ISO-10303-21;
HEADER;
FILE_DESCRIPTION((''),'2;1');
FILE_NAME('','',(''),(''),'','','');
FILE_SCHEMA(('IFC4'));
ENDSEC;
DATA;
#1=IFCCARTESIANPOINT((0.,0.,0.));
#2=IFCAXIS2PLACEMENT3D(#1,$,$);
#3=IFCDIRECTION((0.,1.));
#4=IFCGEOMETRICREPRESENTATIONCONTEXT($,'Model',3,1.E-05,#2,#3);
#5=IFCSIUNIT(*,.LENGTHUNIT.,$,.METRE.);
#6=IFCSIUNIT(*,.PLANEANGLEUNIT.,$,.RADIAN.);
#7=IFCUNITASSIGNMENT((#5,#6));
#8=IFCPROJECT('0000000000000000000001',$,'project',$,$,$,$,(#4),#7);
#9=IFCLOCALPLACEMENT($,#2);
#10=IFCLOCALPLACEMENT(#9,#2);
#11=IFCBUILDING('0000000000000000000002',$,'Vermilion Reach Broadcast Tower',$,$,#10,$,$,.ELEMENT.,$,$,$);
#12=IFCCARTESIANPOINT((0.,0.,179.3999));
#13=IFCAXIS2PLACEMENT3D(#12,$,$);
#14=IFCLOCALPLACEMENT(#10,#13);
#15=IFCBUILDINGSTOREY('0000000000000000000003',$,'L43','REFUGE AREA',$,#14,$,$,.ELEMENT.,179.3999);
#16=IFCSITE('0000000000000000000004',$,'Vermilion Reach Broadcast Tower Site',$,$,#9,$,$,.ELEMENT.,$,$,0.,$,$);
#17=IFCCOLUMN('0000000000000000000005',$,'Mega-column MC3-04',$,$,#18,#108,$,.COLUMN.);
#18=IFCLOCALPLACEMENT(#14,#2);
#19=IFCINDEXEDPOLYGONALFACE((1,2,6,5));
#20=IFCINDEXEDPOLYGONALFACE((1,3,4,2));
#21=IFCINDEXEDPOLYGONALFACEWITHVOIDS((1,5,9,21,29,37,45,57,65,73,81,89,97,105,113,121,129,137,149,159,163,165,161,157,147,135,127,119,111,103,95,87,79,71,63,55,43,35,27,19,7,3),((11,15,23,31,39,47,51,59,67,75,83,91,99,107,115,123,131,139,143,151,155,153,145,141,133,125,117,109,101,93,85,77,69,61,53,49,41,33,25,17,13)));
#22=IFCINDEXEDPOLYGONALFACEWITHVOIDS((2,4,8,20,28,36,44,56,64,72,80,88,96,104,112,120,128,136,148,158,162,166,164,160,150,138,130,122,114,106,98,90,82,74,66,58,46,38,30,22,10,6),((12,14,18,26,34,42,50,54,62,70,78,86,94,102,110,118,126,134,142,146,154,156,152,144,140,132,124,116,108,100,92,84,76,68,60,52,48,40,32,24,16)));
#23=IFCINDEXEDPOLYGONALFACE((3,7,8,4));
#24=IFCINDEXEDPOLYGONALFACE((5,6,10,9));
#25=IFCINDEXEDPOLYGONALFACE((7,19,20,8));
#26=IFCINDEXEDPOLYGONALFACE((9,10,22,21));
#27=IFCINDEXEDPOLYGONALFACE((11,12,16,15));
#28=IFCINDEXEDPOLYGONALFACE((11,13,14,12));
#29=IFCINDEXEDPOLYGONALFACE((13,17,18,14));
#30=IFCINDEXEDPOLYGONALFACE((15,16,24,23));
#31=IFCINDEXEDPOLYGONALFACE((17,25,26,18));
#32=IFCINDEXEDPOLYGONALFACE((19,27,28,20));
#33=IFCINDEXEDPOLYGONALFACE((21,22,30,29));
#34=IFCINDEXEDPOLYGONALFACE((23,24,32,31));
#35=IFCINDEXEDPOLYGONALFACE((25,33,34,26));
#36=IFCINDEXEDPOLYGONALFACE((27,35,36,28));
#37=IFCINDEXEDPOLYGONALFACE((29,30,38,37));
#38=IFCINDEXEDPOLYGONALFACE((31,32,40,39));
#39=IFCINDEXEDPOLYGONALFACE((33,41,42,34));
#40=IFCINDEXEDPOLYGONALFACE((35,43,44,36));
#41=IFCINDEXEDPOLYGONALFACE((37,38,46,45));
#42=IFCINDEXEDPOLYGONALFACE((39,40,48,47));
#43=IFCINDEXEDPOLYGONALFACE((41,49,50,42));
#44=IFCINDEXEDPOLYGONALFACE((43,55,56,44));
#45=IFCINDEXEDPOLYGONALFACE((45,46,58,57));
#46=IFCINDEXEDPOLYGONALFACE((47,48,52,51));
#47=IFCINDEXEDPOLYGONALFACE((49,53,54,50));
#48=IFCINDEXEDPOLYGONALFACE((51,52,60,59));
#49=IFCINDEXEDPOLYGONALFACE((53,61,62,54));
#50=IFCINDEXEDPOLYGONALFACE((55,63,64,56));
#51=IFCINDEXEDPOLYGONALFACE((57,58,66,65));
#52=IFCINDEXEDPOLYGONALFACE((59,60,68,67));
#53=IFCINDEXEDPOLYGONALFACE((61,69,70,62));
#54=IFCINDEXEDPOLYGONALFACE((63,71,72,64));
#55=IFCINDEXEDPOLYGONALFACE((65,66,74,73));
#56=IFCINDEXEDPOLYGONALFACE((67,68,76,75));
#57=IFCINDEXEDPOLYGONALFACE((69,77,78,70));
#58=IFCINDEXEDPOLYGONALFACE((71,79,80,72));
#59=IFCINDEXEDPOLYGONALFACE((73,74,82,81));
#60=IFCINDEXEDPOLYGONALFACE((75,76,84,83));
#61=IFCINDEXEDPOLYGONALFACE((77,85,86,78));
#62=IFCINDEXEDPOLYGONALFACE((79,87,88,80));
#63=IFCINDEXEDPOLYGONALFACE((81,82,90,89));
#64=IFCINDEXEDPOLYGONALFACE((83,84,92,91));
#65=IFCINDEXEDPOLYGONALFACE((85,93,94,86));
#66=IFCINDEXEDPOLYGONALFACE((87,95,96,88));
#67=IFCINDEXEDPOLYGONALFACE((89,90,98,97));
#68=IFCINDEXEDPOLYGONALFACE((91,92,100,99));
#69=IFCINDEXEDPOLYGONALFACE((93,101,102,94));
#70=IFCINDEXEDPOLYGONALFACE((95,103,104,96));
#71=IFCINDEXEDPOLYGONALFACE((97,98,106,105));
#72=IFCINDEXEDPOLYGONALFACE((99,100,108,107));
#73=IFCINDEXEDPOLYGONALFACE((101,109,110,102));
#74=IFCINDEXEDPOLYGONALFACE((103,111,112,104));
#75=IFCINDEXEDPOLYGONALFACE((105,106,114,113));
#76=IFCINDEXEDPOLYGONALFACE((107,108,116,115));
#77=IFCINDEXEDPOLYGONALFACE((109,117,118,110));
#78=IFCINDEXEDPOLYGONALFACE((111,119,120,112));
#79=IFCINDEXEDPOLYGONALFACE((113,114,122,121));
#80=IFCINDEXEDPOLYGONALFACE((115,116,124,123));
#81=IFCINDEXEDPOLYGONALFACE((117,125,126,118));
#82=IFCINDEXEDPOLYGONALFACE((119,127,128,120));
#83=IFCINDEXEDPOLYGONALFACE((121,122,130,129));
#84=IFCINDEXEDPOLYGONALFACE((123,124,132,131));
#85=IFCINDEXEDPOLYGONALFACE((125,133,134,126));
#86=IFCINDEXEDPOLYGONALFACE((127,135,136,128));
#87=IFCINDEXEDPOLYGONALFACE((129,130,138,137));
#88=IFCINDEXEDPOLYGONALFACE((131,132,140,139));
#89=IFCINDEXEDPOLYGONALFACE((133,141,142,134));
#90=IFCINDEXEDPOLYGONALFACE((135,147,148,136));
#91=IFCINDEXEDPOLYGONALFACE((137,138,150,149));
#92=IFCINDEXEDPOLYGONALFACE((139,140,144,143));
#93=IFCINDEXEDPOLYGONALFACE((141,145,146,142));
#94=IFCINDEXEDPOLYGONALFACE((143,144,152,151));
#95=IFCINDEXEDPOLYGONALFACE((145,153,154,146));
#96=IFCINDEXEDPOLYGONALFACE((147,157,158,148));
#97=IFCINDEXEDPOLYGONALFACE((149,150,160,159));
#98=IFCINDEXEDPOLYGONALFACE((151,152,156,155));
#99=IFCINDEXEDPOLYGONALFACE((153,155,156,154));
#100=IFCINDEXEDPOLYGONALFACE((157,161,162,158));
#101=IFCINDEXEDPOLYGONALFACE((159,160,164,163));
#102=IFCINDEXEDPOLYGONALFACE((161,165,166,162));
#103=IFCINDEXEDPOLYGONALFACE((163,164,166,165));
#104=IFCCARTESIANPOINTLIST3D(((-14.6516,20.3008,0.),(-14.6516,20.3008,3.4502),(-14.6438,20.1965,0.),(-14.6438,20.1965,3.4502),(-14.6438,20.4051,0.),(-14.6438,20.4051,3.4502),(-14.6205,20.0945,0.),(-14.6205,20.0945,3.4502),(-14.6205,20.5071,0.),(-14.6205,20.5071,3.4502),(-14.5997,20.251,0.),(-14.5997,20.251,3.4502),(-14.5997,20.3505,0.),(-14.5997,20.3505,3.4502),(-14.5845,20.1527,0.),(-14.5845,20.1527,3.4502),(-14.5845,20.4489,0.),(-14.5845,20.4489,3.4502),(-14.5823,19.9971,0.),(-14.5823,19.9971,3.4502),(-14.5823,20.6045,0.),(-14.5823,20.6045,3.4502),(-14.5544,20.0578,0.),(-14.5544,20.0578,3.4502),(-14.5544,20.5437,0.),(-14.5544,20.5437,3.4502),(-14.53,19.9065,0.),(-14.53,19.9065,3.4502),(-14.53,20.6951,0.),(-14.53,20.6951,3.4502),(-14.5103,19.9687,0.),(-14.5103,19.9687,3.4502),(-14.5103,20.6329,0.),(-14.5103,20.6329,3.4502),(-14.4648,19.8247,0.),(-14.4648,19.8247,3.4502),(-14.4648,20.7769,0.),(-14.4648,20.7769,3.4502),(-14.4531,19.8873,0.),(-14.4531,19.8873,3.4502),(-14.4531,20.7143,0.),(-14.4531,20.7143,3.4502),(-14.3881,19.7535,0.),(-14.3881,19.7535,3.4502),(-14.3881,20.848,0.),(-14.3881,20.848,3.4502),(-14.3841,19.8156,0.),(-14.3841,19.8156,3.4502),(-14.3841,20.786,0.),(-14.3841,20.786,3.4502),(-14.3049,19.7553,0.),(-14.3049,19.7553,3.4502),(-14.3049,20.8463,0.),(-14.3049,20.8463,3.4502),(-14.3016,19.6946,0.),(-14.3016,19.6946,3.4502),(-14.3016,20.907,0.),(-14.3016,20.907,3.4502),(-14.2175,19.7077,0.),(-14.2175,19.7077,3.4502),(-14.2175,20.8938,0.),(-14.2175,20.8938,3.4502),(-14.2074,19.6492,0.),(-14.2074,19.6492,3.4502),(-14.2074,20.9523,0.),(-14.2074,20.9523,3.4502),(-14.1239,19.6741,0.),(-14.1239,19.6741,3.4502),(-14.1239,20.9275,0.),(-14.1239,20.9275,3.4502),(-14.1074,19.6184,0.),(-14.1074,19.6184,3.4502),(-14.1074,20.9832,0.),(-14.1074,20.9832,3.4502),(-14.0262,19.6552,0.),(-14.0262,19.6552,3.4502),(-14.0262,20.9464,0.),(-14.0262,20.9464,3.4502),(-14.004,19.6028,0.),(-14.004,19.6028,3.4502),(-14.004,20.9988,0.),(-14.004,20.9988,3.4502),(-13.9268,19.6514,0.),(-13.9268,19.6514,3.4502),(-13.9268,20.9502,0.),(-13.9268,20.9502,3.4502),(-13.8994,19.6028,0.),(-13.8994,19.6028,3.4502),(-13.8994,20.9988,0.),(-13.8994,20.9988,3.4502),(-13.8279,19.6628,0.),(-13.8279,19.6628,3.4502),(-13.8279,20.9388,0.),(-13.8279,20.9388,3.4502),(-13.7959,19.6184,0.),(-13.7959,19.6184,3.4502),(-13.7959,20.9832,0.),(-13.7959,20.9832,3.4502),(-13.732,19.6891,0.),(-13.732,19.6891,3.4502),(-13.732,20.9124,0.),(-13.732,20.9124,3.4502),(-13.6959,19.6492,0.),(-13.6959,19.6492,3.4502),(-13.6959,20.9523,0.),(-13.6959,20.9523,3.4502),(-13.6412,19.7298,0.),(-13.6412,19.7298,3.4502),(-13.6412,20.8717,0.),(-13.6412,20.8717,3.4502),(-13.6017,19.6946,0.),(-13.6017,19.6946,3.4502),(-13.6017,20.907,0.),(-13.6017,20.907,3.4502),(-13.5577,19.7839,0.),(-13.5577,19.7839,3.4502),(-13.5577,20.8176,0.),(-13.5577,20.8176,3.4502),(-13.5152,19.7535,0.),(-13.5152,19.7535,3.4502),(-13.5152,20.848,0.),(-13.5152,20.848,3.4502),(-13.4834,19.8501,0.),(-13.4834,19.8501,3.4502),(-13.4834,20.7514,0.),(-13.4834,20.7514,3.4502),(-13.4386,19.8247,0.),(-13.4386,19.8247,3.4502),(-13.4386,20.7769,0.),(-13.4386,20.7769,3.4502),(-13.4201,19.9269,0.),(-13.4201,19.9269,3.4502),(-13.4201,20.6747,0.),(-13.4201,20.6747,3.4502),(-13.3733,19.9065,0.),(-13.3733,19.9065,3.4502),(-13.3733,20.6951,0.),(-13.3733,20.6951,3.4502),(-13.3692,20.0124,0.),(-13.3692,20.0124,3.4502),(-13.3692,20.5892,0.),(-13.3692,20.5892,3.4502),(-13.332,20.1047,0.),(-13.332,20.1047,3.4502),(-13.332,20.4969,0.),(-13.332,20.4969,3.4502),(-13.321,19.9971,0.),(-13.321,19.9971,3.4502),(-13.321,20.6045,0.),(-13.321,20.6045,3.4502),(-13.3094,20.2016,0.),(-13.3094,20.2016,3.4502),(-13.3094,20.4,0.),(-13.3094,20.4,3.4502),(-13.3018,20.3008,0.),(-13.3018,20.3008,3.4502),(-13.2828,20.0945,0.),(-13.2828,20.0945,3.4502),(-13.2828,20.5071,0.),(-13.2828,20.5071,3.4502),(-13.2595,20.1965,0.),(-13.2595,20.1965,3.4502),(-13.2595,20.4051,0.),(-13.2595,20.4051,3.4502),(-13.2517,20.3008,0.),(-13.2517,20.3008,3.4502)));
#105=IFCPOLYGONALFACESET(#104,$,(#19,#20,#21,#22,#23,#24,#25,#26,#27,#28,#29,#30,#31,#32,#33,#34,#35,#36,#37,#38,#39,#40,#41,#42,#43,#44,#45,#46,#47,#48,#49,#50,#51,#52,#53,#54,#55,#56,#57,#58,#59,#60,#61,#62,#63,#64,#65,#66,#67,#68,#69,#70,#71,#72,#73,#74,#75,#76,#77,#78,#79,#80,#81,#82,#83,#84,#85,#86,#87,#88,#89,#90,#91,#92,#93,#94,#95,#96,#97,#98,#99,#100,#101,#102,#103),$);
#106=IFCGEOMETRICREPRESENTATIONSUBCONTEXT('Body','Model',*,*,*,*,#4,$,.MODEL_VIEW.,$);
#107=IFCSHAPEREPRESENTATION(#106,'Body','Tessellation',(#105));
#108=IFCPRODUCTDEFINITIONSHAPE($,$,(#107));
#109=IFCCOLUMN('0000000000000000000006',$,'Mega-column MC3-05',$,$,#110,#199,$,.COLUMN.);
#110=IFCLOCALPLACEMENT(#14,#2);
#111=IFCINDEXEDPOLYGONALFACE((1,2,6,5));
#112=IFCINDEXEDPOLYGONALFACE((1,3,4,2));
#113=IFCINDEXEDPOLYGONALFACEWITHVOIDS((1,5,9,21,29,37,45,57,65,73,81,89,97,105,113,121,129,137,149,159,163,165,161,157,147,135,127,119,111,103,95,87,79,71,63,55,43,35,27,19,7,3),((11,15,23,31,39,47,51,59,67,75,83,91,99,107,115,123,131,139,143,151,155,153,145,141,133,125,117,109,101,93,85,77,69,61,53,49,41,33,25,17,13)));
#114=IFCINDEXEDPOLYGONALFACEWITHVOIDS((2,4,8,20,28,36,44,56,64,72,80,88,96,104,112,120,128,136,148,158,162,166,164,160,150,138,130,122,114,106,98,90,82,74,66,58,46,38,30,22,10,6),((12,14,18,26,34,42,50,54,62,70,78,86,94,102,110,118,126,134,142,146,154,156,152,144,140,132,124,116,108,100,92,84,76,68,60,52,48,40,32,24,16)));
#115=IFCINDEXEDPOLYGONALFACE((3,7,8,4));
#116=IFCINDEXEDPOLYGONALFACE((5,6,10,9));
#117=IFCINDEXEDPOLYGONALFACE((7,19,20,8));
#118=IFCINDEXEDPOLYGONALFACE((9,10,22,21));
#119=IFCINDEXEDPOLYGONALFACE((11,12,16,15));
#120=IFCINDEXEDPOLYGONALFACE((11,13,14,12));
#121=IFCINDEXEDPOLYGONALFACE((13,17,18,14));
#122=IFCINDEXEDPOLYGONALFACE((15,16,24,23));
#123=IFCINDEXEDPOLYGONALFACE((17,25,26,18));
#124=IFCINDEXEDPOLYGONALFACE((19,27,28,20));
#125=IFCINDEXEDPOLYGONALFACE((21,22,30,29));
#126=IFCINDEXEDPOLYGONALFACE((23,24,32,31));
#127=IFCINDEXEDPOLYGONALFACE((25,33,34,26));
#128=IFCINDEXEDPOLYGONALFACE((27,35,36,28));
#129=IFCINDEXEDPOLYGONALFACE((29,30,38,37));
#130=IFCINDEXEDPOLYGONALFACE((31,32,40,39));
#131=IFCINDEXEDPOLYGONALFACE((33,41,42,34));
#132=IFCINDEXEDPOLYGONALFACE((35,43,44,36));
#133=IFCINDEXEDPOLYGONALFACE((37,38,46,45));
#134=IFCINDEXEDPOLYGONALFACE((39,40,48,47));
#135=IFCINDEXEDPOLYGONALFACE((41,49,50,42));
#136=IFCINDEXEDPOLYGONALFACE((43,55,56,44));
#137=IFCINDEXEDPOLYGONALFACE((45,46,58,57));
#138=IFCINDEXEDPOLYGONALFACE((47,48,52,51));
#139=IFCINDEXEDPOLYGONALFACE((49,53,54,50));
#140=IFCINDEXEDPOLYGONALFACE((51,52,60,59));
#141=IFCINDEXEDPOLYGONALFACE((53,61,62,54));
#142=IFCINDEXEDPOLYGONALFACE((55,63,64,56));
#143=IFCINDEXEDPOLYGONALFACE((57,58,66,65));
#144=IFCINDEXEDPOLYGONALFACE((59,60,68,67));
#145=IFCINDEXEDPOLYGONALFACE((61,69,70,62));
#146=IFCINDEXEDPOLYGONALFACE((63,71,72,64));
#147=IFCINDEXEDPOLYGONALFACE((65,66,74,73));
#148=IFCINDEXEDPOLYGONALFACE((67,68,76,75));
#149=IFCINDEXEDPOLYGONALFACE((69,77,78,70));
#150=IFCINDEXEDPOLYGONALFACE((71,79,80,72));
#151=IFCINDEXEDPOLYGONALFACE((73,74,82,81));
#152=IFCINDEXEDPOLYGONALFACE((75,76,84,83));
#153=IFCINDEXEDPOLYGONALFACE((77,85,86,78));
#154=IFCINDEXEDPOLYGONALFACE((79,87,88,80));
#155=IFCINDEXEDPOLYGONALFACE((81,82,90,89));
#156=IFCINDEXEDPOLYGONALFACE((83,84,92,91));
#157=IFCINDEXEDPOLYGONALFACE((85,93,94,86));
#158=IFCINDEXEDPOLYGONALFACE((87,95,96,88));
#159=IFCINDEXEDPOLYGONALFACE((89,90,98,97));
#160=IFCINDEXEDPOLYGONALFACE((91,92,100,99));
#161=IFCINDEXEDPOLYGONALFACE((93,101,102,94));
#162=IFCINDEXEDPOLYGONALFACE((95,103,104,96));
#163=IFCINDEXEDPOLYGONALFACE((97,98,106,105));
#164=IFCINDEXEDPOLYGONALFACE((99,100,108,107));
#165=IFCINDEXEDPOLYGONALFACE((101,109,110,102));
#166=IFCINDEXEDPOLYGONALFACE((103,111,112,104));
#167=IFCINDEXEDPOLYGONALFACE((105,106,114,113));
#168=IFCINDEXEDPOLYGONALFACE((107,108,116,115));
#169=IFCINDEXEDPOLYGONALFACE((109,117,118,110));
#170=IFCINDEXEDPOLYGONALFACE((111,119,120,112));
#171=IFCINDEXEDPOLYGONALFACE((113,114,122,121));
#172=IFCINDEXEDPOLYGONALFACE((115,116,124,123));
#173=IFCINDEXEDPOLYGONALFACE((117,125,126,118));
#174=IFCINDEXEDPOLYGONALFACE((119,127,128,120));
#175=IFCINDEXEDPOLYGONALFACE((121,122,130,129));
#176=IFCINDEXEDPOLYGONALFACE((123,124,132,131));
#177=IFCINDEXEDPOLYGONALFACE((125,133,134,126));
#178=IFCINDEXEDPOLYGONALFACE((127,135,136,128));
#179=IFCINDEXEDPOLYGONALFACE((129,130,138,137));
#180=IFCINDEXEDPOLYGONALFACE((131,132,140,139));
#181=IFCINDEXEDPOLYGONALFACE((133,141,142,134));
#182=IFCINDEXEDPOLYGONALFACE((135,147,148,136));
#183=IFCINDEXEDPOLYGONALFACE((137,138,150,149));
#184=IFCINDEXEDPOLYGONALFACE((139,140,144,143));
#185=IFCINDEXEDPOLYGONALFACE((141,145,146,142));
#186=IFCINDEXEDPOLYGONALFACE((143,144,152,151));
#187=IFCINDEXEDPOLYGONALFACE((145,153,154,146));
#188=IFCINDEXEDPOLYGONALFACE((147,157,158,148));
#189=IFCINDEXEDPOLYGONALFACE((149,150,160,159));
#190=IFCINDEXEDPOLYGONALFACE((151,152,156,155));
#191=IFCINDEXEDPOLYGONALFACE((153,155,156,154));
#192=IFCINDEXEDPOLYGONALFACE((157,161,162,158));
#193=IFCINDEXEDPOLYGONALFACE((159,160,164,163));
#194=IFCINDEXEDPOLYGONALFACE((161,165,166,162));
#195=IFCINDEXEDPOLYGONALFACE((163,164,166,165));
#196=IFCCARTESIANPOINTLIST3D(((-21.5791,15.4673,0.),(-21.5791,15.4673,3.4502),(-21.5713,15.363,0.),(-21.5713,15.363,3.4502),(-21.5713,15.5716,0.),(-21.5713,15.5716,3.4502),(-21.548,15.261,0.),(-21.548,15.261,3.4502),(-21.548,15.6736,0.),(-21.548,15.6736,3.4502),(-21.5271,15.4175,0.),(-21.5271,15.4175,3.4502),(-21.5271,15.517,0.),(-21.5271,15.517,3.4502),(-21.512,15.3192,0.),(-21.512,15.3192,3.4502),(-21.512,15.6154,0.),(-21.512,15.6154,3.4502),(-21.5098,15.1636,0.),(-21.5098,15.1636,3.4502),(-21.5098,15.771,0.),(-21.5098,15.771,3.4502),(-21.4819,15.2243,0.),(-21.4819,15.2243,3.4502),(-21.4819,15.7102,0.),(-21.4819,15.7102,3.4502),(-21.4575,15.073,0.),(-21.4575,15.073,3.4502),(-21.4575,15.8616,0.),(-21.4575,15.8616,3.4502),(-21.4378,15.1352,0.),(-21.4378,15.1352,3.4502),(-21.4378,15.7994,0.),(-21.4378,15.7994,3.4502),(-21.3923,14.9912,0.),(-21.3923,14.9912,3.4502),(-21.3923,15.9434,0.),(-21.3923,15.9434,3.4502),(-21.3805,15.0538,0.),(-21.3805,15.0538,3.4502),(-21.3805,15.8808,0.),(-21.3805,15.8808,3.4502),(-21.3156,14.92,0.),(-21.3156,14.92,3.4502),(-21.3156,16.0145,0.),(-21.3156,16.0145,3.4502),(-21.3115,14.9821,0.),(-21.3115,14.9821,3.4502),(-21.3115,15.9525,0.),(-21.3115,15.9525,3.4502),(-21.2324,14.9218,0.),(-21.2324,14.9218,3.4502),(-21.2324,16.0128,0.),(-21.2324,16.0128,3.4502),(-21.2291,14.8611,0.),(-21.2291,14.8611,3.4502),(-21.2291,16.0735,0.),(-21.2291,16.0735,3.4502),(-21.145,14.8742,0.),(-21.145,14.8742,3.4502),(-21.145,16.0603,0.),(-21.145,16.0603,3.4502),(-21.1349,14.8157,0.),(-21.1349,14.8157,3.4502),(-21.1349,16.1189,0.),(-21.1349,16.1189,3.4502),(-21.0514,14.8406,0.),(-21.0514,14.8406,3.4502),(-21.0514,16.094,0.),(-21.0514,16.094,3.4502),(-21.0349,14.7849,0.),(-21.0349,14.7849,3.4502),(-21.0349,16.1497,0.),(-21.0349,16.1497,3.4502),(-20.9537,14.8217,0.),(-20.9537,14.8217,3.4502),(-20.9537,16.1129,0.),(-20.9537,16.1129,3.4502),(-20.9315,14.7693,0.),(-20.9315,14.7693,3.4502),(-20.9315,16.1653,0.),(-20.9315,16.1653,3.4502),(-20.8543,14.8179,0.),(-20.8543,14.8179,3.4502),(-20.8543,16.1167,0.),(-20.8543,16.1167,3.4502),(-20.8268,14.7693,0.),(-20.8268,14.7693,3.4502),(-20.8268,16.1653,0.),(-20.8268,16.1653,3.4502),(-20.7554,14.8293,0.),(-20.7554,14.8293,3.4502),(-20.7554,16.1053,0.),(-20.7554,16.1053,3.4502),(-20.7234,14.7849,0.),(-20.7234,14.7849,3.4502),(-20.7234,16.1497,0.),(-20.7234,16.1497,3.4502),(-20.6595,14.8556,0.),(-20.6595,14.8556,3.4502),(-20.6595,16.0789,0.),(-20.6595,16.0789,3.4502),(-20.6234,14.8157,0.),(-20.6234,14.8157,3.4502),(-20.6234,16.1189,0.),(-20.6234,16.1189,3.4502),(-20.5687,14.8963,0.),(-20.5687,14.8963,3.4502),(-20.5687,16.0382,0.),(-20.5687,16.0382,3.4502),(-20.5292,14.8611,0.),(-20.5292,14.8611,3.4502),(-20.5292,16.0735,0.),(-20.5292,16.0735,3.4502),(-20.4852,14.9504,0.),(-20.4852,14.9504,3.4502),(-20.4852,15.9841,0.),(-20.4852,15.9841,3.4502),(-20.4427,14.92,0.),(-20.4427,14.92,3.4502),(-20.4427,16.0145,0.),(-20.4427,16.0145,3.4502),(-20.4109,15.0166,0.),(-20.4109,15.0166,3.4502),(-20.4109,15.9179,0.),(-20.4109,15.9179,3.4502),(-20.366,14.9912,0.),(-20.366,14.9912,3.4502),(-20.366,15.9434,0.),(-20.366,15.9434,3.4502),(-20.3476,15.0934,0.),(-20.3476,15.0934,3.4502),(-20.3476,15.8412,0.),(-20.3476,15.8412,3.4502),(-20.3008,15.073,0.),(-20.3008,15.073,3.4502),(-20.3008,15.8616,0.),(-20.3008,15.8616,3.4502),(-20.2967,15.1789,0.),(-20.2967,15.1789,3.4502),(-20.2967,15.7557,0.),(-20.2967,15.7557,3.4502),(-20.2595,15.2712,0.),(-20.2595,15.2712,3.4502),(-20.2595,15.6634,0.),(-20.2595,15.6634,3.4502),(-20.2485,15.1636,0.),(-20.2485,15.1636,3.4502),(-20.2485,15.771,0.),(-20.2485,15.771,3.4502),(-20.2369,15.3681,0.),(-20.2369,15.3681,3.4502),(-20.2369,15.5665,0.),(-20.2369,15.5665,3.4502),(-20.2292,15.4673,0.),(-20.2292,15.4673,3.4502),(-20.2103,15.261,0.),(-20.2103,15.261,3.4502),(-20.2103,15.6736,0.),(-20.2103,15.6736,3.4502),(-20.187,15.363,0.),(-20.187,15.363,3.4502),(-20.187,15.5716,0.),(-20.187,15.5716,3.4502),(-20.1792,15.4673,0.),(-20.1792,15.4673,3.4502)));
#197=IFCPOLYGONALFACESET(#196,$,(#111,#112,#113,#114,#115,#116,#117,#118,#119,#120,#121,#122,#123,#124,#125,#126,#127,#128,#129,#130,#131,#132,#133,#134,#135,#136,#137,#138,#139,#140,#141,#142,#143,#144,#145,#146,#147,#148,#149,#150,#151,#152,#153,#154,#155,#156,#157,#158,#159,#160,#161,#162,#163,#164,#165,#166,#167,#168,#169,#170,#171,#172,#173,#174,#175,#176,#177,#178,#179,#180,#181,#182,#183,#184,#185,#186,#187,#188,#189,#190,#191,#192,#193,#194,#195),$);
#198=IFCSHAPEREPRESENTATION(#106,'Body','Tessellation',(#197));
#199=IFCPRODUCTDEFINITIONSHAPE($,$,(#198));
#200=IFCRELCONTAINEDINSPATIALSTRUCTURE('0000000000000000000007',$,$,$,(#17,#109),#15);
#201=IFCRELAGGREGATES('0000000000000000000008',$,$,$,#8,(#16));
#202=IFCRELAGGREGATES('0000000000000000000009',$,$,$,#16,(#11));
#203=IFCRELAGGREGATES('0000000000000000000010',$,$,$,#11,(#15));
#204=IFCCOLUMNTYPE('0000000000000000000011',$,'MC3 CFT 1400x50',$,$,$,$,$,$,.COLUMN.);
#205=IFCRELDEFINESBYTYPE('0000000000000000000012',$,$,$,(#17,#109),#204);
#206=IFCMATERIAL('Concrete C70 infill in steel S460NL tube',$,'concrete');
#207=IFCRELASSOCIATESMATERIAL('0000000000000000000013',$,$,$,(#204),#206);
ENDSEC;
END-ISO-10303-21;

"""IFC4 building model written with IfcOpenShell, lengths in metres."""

from ifc_helpers import new_model, si_unit, direction, frame, origin, origin_2d, place, context, subcontext, project, spatial, hollow_circle, extrude, material, material_profile, profile_set, type_object, element, save


model = new_model("IFC4")

# Units and contexts
model_context = context("Model", 3, precision=1e-05, world=origin(), true_north=direction((0.0, 1.0)))
body_context = subcontext(model_context, "Body", "Model", "MODEL_VIEW")
ifc_project = project(units=[si_unit("LENGTHUNIT", "METRE"), si_unit("PLANEANGLEUNIT", "RADIAN")], contexts=[model_context])

# Site, building, storey
site_placement = place(None, origin())
site = spatial("IfcSite", under=ifc_project, at=site_placement, Name="Vermilion Reach Broadcast Tower Site", CompositionType="ELEMENT", RefElevation=0.0)
building_placement = place(site_placement, origin())
building = spatial("IfcBuilding", under=site, at=building_placement, Name="Vermilion Reach Broadcast Tower", CompositionType="ELEMENT")
storey_placement = place(building_placement, frame((0.0, 0.0, 179.3999)))
storey = spatial("IfcBuildingStorey", under=building, at=storey_placement, Name="L43", Description="REFUGE AREA", CompositionType="ELEMENT", Elevation=179.3999)

# Columns
ifc_material_1 = material(Name="Concrete C70 infill in steel S460NL tube", Category="concrete")
ifc_material_profile_1 = material_profile(ifc_material_1, hollow_circle(Radius=0.7, WallThickness=0.05, at=origin_2d()), Name="Concrete C70 infill in steel S460NL tube CFT 1400x50")
ifc_profile_set_1 = profile_set([ifc_material_profile_1], Name="Concrete C70 infill in steel S460NL tube")
column_type = type_object("IfcColumnType", Name="MC3 CFT 1400x50", PredefinedType="COLUMN", material=ifc_profile_set_1)
for number, where, z_axis, x_axis, name in (
    (1, (-13.9517, 20.3008, 0.0), (0.0, 0.0, 1.0), (1.0, 0.0, 0.0), "Mega-column MC3-04"),
    (2, (-20.8792, 15.4673, 0.0), (0.0, 0.0, 1.0), (1.0, 0.0, 0.0), "Mega-column MC3-05"),
):
    element("IfcColumn", number, at=place(storey_placement, frame(where, z_axis=z_axis, x_axis=x_axis)), inside=storey, type_object=column_type, Name=name, PredefinedType="COLUMN", context=body_context, shape_type="SweptSolid", body=[
        extrude(hollow_circle(Radius=0.7, WallThickness=0.05, at=origin_2d()), origin(), (0.0, 0.0, 1.0), 3.4502),
    ])

save(model, "model.ifc")
